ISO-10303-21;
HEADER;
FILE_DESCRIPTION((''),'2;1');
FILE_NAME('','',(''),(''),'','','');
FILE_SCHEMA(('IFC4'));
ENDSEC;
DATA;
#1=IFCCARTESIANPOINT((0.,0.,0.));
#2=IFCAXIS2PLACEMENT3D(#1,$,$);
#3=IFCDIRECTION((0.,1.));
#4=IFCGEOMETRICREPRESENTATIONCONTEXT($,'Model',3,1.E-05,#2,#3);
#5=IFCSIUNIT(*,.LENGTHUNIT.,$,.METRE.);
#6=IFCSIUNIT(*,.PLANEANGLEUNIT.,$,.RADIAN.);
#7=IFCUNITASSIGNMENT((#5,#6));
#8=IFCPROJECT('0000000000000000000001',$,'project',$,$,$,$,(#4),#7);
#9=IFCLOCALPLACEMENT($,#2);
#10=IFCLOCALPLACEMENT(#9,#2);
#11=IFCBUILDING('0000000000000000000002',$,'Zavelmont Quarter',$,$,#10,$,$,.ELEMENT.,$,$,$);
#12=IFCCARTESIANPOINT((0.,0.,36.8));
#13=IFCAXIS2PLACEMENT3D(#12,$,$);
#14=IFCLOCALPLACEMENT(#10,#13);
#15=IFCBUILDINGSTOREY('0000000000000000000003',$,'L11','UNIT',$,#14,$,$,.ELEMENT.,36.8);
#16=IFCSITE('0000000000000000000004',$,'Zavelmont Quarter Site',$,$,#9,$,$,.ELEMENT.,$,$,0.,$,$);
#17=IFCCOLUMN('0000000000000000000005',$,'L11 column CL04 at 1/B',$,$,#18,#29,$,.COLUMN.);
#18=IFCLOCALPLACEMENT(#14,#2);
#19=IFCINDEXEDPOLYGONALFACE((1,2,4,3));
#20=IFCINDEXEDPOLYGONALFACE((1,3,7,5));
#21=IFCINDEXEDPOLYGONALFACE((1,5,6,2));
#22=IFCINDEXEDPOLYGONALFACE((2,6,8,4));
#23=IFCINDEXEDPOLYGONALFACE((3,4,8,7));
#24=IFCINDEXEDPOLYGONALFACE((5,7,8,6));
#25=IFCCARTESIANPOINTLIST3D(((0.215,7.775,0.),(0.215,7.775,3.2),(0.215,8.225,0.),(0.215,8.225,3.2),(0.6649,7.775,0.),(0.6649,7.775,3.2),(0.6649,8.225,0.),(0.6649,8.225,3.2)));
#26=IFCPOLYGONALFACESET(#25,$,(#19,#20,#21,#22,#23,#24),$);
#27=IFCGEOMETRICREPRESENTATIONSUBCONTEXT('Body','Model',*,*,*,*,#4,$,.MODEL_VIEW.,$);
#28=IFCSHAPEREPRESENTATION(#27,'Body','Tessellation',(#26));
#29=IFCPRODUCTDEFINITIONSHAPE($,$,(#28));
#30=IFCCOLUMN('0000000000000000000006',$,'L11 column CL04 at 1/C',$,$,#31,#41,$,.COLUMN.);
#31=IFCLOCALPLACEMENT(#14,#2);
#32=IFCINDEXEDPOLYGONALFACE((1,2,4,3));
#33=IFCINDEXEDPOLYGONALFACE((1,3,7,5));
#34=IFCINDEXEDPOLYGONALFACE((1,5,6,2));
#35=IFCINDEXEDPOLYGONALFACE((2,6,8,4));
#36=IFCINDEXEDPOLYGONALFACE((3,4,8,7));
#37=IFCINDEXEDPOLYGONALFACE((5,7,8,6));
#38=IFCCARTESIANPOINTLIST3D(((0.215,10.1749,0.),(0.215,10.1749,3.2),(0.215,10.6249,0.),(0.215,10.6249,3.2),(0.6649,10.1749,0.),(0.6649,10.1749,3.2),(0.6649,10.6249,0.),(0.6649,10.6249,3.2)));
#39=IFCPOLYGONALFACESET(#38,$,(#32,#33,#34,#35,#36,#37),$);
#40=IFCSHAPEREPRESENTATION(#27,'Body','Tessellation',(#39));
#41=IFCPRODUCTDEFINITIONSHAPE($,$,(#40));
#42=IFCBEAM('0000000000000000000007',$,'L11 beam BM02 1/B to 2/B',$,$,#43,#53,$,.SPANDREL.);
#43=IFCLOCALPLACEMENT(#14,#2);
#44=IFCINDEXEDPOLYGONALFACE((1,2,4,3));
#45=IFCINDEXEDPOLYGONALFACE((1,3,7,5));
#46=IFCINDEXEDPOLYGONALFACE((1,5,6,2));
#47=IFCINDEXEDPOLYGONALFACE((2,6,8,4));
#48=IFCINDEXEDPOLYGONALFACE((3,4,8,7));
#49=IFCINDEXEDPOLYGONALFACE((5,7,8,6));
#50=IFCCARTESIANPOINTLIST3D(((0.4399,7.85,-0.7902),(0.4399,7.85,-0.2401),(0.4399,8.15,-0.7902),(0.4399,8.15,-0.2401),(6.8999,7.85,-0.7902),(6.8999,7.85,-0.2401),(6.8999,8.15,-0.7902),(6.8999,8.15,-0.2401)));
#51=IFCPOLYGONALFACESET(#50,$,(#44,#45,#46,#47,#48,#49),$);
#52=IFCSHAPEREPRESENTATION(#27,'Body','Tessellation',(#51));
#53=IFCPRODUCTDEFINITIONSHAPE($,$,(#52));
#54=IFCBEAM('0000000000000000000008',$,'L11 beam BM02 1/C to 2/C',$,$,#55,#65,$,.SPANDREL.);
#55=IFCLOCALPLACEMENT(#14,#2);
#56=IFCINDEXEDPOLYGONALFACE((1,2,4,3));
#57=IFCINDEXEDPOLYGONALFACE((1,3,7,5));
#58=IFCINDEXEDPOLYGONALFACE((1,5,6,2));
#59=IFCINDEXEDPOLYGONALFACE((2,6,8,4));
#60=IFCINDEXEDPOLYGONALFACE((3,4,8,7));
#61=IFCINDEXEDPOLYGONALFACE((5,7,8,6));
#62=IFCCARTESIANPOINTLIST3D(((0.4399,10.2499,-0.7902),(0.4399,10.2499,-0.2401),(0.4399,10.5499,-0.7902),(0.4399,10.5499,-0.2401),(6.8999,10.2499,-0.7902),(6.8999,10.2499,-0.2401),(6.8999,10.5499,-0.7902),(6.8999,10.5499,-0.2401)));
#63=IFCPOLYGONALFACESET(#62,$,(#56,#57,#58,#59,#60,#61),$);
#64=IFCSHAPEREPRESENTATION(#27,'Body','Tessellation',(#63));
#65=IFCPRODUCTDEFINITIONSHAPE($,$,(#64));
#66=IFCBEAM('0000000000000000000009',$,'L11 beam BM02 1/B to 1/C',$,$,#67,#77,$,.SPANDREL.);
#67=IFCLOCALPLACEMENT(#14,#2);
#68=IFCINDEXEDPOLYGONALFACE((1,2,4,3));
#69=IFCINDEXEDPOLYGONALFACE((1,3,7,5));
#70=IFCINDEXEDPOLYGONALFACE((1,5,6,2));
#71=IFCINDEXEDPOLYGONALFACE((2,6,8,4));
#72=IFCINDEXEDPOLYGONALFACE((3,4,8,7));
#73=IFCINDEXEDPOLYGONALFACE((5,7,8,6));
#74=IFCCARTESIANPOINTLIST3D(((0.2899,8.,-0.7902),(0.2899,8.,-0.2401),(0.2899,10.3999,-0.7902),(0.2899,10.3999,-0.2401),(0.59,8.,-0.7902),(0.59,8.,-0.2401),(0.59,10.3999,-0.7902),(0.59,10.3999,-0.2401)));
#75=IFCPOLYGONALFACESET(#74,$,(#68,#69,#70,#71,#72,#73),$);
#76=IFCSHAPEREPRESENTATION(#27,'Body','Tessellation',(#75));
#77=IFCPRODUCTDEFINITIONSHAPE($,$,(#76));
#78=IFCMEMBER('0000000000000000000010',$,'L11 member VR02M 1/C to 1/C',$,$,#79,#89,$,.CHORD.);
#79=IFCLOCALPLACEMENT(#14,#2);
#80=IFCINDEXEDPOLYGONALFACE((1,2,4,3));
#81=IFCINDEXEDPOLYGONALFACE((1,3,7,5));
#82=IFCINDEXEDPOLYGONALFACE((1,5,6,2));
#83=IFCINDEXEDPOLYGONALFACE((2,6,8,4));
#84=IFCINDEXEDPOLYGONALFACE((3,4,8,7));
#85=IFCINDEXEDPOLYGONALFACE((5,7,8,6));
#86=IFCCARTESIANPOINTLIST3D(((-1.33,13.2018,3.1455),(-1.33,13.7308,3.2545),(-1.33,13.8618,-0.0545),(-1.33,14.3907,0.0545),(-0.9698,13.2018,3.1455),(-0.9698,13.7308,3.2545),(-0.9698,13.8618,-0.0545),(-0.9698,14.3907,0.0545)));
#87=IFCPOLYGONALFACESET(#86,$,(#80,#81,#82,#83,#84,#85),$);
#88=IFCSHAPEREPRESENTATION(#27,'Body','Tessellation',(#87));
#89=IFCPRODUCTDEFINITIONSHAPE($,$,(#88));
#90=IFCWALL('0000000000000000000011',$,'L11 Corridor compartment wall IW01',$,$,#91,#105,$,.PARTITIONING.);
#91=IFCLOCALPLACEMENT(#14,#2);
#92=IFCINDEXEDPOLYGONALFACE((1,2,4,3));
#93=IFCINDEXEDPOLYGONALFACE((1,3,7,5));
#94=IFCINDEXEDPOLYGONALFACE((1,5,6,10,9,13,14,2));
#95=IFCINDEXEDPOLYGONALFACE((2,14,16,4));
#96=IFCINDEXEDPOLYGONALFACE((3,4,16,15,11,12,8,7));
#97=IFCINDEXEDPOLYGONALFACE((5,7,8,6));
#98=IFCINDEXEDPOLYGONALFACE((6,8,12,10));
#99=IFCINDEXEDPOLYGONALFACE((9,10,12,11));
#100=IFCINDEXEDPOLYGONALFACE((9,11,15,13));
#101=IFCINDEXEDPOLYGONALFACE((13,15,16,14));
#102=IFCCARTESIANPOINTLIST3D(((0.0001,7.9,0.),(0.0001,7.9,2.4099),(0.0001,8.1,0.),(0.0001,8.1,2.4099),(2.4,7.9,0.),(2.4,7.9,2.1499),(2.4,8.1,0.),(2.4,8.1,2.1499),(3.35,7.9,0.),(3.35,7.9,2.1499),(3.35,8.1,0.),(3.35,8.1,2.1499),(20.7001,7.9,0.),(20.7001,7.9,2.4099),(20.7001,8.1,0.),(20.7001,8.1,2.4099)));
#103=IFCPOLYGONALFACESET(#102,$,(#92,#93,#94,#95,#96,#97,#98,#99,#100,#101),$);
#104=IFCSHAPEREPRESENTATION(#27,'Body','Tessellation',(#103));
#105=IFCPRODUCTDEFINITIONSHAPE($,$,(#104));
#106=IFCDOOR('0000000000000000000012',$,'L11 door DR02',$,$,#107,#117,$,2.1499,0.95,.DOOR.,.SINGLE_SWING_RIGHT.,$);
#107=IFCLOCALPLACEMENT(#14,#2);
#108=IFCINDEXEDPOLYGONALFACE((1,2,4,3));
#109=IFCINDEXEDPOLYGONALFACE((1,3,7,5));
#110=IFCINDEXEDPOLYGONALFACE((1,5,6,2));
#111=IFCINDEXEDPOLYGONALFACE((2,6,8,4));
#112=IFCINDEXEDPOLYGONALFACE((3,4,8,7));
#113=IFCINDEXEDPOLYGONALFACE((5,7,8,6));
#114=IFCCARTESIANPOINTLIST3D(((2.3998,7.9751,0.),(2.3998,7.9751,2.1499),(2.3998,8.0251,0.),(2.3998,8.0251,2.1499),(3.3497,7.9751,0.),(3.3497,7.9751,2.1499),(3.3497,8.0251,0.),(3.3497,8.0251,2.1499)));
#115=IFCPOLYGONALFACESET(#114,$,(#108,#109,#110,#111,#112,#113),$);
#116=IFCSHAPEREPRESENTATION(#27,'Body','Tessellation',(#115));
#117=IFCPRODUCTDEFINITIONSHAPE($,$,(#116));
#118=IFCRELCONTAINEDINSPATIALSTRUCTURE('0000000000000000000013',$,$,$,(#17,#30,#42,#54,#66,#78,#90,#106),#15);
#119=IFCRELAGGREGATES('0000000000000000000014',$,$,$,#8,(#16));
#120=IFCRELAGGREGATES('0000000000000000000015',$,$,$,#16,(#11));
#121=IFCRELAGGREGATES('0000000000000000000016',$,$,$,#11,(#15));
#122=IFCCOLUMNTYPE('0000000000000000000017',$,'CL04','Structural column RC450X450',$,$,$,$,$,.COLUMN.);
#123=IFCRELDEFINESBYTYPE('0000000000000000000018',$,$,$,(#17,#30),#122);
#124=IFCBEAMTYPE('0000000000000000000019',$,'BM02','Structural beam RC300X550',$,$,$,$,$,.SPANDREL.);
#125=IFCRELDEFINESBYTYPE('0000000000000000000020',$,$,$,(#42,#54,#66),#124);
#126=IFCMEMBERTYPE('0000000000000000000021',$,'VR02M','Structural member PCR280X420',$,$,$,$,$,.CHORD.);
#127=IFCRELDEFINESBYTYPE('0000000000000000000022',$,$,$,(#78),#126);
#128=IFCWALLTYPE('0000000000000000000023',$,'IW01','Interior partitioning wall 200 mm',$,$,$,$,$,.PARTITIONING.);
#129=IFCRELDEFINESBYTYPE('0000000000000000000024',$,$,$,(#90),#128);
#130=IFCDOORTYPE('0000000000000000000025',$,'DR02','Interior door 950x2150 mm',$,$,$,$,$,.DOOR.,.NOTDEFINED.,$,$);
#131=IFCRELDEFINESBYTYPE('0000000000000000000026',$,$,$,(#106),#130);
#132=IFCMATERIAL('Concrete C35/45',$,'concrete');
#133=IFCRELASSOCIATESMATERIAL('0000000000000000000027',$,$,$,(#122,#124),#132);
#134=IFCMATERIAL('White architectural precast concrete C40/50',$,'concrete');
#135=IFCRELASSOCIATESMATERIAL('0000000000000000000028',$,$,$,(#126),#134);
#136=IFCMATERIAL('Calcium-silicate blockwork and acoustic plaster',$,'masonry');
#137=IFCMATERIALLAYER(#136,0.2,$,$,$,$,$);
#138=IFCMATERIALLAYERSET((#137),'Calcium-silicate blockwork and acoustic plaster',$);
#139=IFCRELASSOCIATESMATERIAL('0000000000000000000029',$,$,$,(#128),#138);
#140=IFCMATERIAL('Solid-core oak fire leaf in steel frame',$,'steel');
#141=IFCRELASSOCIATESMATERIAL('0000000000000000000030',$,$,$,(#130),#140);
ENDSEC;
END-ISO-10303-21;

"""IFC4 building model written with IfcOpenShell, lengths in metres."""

from ifc_helpers import new_model, si_unit, direction, frame, frame_2d, origin, origin_2d, place, context, subcontext, project, spatial, rectangle, extrude, material, layer, layer_set, material_profile, profile_set, type_object, element, fill, save


model = new_model("IFC4")

# Units and contexts
model_context = context("Model", 3, precision=1e-05, world=origin(), true_north=direction((0.0, 1.0)))
body_context = subcontext(model_context, "Body", "Model", "MODEL_VIEW")
ifc_project = project(units=[si_unit("LENGTHUNIT", "METRE"), si_unit("PLANEANGLEUNIT", "RADIAN")], contexts=[model_context])

# Site, building, storey
site_placement = place(None, origin())
site = spatial("IfcSite", under=ifc_project, at=site_placement, Name="Zavelmont Quarter Site", CompositionType="ELEMENT", RefElevation=0.0)
building_placement = place(site_placement, origin())
building = spatial("IfcBuilding", under=site, at=building_placement, Name="Zavelmont Quarter", CompositionType="ELEMENT")
storey_placement = place(building_placement, frame((0.0, 0.0, 36.8)))
storey = spatial("IfcBuildingStorey", under=building, at=storey_placement, Name="L11", Description="UNIT", CompositionType="ELEMENT", Elevation=36.8)

# Columns
ifc_material_1 = material(Name="Concrete C35/45", Category="concrete")
ifc_material_profile_1 = material_profile(ifc_material_1, rectangle(XDim=0.45, YDim=0.45, at=origin_2d()), Name="RC450X450")
ifc_profile_set_1 = profile_set([ifc_material_profile_1], Name="Concrete C35/45")
column_type = type_object("IfcColumnType", Name="CL04", Description="Structural column RC450X450", PredefinedType="COLUMN", material=ifc_profile_set_1)
for number, where, z_axis, x_axis, name in (
    (1, (0.4399, 8.0, 0.0), (0.0, 0.0, 1.0), (1.0, 0.0, 0.0), "L11 column CL04 at 1/B"),
    (2, (0.4399, 10.3999, 0.0), (0.0, 0.0, 1.0), (1.0, 0.0, 0.0), "L11 column CL04 at 1/C"),
):
    element("IfcColumn", number, at=place(storey_placement, frame(where, z_axis=z_axis, x_axis=x_axis)), inside=storey, type_object=column_type, Name=name, PredefinedType="COLUMN", context=body_context, shape_type="SweptSolid", body=[
        extrude(rectangle(XDim=0.45, YDim=0.45, at=origin_2d()), origin(), (0.0, 0.0, 1.0), 3.2),
    ])

# Beams
ifc_material_profile_2 = material_profile(ifc_material_1, rectangle(XDim=0.3, YDim=0.55, at=origin_2d()), Name="RC300X550")
ifc_profile_set_2 = profile_set([ifc_material_profile_2], Name="Concrete C35/45")
beam_type = type_object("IfcBeamType", Name="BM02", Description="Structural beam RC300X550", PredefinedType="SPANDREL", material=ifc_profile_set_2)
for number, where, z_axis, x_axis, name in (
    (3, (0.4399, 8.0, -0.5151), (1.0, 0.0, 0.0), (0.0, 1.0, 0.0), "L11 beam BM02 1/B to 2/B"),
    (4, (0.4399, 10.3999, -0.5151), (1.0, 0.0, 0.0), (0.0, 1.0, 0.0), "L11 beam BM02 1/C to 2/C"),
):
    element("IfcBeam", number, at=place(storey_placement, frame(where, z_axis=z_axis, x_axis=x_axis)), inside=storey, type_object=beam_type, Name=name, PredefinedType="SPANDREL", context=body_context, shape_type="SweptSolid", body=[
        extrude(rectangle(XDim=0.3, YDim=0.55, at=origin_2d()), origin(), (0.0, 0.0, 1.0), 6.46),
    ])
beam_placement = place(storey_placement, frame((0.4399, 8.0, -0.5151), z_axis=(0.0, 1.0, 0.0), x_axis=(-1.0, 0.0, 0.0)))
element("IfcBeam", 5, at=beam_placement, inside=storey, type_object=beam_type, Name="L11 beam BM02 1/B to 1/C", PredefinedType="SPANDREL", context=body_context, shape_type="SweptSolid", body=[
    extrude(rectangle(XDim=0.3, YDim=0.55, at=origin_2d()), origin(), (0.0, 0.0, 1.0), 2.3999),
])

# Member
ifc_material_2 = material(Name="White architectural precast concrete C40/50", Category="concrete")
ifc_material_profile_3 = material_profile(ifc_material_2, rectangle(XDim=0.3601, YDim=0.54, at=origin_2d()), Name="PCR280X420")
ifc_profile_set_3 = profile_set([ifc_material_profile_3], Name="White architectural precast concrete C40/50")
member_type = type_object("IfcMemberType", Name="VR02M", Description="Structural member PCR280X420", PredefinedType="CHORD", material=ifc_profile_set_3)
member_placement = place(storey_placement, frame((-1.1499, 14.1262, 0.0), z_axis=(0.0, -0.201975, 0.979391), x_axis=(1.0, 0.0, 0.0)))
element("IfcMember", 6, at=member_placement, inside=storey, type_object=member_type, Name="L11 member VR02M 1/C to 1/C", PredefinedType="CHORD", context=body_context, shape_type="SweptSolid", body=[
    extrude(rectangle(XDim=0.3601, YDim=0.54, at=origin_2d()), origin(), (0.0, 0.0, 1.0), 3.2673),
])

# Wall, opening, door
ifc_material_3 = material(Name="Calcium-silicate blockwork and acoustic plaster", Category="masonry")
ifc_layer = layer(ifc_material_3, 0.2)
ifc_layer_set = layer_set([ifc_layer], Name="Calcium-silicate blockwork and acoustic plaster")
wall_type = type_object("IfcWallType", Name="IW01", Description="Interior partitioning wall 200 mm", PredefinedType="PARTITIONING", material=ifc_layer_set)
wall_1_placement = place(storey_placement, frame((0.0, 8.0, 0.0), z_axis=(0.0, 0.0, 1.0), x_axis=(1.0, 0.0, 0.0)))
wall_1 = element("IfcWall", 7, at=wall_1_placement, inside=storey, type_object=wall_type, Name="L11 Corridor compartment wall IW01", PredefinedType="PARTITIONING", context=body_context, shape_type="SweptSolid", body=[
    extrude(rectangle(XDim=20.7, YDim=0.2, at=frame_2d((10.3501, 0.0))), origin(), (0.0, 0.0, 1.0), 2.4099),
])
opening_1_placement = place(wall_1_placement, frame((2.3999, 0.0, 0.0)))
opening_1 = element("IfcOpeningElement", 8, at=opening_1_placement, cuts=wall_1, PredefinedType="OPENING", context=body_context, shape_type="SweptSolid", body=[
    extrude(rectangle(XDim=0.95, YDim=2.1499, at=frame_2d((0.4751, 1.075))), frame((0.0, 0.1118, 0.0), z_axis=(0.0, -1.0, 0.0), x_axis=(1.0, 0.0, 0.0)), (0.0, 0.0, 1.0), 0.2239),
])
ifc_material_4 = material(Name="Solid-core oak fire leaf in steel frame", Category="steel")
door_type = type_object("IfcDoorType", Name="DR02", Description="Interior door 950x2150 mm", OperationType="NOTDEFINED", PredefinedType="DOOR", material=ifc_material_4)
door_1_placement = place(opening_1_placement, frame((0.95, 0.0, 0.0), z_axis=(0.0, 0.0, 1.0), x_axis=(-1.0, 0.0, 0.0)))
door_1 = element("IfcDoor", 9, at=door_1_placement, inside=storey, type_object=door_type, Name="L11 door DR02", OperationType="SINGLE_SWING_RIGHT", OverallHeight=2.1499, OverallWidth=0.95, PredefinedType="DOOR", context=body_context, shape_type="SweptSolid", body=[
    extrude(rectangle(XDim=0.95, YDim=2.1499, at=frame_2d((0.4751, 1.075))), frame((0.0, 0.0249, 0.0), z_axis=(0.0, -1.0, 0.0), x_axis=(1.0, 0.0, 0.0)), (0.0, 0.0, 1.0), 0.05),
])
fill(opening_1, door_1)

save(model, "model.ifc")
